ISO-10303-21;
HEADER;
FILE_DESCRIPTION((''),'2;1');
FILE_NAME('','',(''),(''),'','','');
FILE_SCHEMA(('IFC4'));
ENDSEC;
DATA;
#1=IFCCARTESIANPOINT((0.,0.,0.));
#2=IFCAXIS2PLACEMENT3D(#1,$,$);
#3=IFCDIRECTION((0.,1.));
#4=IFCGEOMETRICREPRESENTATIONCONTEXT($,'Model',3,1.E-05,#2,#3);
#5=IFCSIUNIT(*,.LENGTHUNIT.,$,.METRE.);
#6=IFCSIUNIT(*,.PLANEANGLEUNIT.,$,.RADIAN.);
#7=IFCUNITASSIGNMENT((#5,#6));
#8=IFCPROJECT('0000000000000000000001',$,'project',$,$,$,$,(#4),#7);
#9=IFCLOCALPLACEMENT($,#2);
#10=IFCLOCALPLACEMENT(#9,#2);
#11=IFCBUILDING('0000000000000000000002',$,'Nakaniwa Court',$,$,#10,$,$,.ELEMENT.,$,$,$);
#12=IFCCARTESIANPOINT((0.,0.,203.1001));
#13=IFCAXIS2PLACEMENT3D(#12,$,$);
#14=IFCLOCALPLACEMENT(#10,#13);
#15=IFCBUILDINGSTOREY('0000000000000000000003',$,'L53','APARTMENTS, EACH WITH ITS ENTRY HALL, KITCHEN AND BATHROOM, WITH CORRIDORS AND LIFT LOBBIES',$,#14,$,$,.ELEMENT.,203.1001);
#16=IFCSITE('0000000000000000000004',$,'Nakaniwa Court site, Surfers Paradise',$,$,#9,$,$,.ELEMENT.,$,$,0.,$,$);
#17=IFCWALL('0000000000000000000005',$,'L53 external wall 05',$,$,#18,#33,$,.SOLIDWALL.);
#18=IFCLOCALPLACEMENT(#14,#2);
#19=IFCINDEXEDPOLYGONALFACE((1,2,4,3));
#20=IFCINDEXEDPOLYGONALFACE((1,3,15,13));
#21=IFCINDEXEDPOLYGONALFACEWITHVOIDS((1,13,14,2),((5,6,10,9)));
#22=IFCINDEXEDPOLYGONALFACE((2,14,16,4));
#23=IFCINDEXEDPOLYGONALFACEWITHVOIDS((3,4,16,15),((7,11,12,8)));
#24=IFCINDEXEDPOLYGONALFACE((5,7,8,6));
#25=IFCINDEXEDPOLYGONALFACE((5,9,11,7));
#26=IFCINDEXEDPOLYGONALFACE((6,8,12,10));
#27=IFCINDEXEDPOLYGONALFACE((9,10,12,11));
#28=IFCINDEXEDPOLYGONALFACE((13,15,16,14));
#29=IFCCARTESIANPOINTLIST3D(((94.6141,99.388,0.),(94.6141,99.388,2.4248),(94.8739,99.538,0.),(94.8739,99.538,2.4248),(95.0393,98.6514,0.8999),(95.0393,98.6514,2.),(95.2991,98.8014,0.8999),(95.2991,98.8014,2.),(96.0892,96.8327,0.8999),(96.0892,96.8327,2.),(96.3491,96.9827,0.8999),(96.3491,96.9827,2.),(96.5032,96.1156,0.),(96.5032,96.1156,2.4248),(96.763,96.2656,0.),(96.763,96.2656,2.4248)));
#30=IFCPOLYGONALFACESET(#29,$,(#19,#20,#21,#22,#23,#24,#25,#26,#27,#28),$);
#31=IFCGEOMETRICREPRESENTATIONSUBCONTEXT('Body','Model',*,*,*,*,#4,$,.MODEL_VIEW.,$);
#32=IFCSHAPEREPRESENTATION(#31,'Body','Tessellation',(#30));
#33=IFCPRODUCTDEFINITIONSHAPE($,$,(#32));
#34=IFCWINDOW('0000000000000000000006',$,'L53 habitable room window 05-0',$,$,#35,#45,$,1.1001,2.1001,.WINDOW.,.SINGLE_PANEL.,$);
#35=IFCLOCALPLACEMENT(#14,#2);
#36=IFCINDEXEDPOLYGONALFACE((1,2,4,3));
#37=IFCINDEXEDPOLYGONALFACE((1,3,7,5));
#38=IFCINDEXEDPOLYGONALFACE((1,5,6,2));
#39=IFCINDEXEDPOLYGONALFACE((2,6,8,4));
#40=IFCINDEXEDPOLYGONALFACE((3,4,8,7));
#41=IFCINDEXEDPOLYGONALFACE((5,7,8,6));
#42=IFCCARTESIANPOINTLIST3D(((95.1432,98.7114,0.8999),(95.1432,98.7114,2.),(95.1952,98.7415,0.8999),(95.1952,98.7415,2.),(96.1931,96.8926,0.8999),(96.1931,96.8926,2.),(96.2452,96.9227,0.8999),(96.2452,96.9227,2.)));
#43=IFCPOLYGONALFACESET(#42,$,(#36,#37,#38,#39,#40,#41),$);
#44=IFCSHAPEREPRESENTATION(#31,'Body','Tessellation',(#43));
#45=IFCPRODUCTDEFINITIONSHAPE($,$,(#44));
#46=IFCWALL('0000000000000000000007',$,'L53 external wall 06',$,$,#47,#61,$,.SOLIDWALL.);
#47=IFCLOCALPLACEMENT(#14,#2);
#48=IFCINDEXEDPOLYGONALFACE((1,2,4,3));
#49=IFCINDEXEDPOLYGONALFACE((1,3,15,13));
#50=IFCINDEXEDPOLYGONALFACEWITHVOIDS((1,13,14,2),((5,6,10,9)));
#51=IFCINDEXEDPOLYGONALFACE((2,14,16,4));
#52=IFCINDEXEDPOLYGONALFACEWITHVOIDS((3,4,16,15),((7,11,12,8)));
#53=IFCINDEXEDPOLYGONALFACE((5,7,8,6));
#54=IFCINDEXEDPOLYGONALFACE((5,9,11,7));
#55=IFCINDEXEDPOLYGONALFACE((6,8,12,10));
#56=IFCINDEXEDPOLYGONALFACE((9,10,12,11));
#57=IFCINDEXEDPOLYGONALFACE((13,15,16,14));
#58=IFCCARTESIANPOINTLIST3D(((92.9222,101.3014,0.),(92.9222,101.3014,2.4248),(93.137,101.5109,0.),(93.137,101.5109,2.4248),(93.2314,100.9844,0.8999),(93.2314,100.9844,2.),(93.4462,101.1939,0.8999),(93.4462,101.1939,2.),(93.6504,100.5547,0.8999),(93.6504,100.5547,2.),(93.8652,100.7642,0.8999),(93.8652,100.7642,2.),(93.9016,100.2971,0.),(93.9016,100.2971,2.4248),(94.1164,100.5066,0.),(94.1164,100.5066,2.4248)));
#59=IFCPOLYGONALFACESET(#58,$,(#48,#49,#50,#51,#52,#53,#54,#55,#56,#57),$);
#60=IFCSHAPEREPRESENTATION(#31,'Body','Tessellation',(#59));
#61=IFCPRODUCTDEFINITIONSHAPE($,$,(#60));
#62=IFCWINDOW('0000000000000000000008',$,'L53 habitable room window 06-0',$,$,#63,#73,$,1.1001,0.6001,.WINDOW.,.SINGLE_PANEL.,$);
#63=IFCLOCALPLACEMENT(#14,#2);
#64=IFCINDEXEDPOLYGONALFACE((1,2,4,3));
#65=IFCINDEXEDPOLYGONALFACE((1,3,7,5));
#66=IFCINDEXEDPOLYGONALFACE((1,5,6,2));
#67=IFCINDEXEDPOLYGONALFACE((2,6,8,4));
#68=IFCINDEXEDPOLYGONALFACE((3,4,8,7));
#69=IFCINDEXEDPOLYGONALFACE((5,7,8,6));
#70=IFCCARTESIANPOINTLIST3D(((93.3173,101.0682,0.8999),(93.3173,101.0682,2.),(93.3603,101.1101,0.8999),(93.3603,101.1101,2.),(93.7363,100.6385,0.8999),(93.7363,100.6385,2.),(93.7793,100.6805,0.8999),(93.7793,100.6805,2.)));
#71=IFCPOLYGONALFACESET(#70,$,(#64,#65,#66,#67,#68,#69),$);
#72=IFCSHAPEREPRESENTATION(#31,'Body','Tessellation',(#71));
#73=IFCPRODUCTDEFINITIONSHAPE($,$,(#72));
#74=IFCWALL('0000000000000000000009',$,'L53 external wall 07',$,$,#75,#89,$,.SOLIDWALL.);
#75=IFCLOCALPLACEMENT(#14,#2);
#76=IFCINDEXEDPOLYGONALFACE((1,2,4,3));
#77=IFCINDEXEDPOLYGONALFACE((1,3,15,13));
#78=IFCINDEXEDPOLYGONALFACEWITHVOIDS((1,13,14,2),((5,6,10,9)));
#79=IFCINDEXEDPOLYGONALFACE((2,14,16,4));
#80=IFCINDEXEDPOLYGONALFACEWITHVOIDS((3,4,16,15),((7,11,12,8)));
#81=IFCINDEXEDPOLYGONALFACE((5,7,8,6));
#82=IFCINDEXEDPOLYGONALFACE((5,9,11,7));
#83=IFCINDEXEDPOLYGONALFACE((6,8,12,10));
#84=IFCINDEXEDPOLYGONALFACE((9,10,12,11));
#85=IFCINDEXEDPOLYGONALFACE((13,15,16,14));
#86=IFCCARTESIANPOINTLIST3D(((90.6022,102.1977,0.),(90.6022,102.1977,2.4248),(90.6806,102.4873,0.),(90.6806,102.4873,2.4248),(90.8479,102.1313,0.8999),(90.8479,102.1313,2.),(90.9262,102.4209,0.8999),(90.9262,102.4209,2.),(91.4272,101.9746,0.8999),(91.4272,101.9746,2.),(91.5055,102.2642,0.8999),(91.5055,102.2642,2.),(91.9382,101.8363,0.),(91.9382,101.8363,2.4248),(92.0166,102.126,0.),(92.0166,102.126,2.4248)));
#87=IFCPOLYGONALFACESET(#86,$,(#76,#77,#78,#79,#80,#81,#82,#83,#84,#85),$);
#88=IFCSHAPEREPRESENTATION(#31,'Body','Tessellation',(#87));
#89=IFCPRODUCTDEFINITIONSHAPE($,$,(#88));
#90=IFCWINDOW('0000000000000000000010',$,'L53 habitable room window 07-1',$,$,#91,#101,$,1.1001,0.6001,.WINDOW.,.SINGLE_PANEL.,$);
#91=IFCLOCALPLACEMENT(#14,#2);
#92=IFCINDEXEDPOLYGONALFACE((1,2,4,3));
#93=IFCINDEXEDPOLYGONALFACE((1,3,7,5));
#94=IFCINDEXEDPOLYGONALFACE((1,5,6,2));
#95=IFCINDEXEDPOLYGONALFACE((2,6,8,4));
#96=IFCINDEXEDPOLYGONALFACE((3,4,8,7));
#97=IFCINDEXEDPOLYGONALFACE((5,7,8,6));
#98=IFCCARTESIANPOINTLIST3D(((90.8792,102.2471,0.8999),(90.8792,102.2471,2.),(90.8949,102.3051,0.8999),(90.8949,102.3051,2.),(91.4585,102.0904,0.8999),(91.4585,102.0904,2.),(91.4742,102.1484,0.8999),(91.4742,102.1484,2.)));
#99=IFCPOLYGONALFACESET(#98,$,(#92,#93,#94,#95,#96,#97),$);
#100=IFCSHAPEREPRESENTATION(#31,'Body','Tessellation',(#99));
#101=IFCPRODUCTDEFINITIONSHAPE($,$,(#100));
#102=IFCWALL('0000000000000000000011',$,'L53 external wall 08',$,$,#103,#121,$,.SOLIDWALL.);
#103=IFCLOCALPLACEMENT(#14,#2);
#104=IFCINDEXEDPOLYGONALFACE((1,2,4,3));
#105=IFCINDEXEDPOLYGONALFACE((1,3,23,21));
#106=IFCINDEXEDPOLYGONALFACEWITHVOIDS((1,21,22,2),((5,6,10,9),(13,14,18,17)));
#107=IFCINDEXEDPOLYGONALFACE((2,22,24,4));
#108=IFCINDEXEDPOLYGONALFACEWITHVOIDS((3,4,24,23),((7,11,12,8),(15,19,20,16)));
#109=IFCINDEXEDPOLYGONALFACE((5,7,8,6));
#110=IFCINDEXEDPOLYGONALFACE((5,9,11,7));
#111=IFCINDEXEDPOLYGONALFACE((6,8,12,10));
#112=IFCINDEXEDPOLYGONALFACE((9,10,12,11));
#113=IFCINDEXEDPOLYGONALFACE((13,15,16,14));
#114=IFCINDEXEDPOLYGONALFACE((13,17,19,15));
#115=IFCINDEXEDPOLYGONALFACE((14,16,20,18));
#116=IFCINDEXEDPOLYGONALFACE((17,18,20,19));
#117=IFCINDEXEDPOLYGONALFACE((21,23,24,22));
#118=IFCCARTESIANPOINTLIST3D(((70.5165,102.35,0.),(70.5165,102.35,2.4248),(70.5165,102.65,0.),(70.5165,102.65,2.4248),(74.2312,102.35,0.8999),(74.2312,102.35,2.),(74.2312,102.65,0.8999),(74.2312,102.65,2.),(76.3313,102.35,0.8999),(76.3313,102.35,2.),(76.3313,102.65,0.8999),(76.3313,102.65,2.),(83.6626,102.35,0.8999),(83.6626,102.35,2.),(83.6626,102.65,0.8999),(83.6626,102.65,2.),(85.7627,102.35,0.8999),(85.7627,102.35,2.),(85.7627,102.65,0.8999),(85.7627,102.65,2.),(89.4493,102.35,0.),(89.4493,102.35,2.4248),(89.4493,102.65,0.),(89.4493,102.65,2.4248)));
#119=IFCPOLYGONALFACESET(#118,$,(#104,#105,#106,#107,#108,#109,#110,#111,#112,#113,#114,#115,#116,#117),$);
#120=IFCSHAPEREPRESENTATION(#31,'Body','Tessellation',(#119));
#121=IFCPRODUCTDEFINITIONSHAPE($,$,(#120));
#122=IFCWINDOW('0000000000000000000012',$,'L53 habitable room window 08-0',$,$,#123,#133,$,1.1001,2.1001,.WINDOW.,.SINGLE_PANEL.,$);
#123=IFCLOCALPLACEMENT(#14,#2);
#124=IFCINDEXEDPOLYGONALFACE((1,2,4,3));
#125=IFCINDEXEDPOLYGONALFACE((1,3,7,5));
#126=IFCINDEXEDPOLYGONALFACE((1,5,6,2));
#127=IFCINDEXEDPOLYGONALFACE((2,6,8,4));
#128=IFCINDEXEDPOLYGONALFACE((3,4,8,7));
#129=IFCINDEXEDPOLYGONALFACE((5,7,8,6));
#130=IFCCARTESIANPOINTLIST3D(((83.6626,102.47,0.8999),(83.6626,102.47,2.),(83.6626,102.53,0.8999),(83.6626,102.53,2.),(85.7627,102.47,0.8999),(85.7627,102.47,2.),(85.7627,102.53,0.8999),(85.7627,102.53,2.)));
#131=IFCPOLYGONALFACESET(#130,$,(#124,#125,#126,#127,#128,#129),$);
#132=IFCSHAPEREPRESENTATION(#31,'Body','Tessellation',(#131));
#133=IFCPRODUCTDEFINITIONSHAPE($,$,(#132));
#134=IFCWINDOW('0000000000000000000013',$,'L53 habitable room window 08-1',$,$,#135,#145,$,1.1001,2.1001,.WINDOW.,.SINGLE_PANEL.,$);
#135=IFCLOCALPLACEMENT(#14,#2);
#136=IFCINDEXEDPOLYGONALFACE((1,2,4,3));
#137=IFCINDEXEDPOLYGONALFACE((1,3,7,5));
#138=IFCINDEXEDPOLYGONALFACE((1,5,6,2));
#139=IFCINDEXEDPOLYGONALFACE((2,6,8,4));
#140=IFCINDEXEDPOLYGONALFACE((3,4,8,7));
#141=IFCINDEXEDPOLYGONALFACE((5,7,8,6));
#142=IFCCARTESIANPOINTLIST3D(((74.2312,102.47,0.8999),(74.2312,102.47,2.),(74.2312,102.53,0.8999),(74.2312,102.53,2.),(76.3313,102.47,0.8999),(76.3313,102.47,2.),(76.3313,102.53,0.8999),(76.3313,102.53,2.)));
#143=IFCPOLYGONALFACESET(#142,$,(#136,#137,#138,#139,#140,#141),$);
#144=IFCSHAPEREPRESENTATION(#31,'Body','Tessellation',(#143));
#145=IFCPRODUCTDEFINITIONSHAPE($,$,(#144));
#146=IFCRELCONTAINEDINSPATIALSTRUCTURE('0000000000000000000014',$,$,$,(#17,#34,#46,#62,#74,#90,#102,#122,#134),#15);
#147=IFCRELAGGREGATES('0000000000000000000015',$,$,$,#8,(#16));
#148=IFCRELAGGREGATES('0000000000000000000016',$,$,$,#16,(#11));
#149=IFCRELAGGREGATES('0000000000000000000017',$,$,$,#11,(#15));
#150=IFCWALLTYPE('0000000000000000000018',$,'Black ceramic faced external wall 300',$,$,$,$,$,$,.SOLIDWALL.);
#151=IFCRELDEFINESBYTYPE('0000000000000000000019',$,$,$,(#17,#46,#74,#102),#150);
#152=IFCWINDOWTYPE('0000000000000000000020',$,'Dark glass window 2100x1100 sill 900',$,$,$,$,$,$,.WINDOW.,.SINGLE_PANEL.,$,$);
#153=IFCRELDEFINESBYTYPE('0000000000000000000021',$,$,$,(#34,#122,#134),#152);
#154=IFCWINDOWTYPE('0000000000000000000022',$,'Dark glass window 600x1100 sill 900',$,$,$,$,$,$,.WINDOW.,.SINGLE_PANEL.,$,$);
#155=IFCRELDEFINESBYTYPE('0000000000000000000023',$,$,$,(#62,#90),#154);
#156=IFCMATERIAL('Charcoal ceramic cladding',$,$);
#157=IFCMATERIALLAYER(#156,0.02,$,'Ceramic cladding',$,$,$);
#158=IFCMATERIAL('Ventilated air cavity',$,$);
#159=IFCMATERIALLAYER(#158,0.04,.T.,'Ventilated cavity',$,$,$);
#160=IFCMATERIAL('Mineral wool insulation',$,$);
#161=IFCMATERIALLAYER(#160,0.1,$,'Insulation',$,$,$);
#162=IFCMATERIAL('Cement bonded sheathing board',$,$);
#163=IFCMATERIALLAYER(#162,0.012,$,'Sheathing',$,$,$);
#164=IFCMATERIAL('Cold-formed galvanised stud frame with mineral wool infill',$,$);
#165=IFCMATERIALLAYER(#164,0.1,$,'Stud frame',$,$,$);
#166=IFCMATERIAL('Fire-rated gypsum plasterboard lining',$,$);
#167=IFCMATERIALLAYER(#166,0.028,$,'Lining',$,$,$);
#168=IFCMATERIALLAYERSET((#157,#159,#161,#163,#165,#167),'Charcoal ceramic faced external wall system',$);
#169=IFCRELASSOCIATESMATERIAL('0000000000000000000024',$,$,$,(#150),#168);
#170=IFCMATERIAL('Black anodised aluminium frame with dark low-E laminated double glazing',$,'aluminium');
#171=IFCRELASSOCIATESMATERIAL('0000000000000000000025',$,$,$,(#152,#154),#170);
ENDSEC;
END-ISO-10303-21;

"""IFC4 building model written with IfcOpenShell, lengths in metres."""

from ifc_helpers import new_model, si_unit, direction, frame, frame_2d, origin, place, context, subcontext, project, spatial, rectangle, extrude, material, layer, layer_set, type_object, element, fill, save


model = new_model("IFC4")

# Units and contexts
model_context = context("Model", 3, precision=1e-05, world=origin(), true_north=direction((0.0, 1.0)))
body_context = subcontext(model_context, "Body", "Model", "MODEL_VIEW")
ifc_project = project(units=[si_unit("LENGTHUNIT", "METRE"), si_unit("PLANEANGLEUNIT", "RADIAN")], contexts=[model_context])

# Site, building, storey
site_placement = place(None, origin())
site = spatial("IfcSite", under=ifc_project, at=site_placement, Name="Nakaniwa Court site, Surfers Paradise", CompositionType="ELEMENT", RefElevation=0.0)
building_placement = place(site_placement, origin())
building = spatial("IfcBuilding", under=site, at=building_placement, Name="Nakaniwa Court", CompositionType="ELEMENT")
storey_placement = place(building_placement, frame((0.0, 0.0, 203.1001)))
storey = spatial("IfcBuildingStorey", under=building, at=storey_placement, Name="L53", Description="APARTMENTS, EACH WITH ITS ENTRY HALL, KITCHEN AND BATHROOM, WITH CORRIDORS AND LIFT LOBBIES", CompositionType="ELEMENT", Elevation=203.1001)

# Walls, openings, windows
ifc_material_1 = material(Name="Charcoal ceramic cladding")
ifc_layer_1 = layer(ifc_material_1, 0.02, Name="Ceramic cladding")
ifc_material_2 = material(Name="Ventilated air cavity")
ifc_layer_2 = layer(ifc_material_2, 0.04, ventilated=True, Name="Ventilated cavity")
ifc_material_3 = material(Name="Mineral wool insulation")
ifc_layer_3 = layer(ifc_material_3, 0.1, Name="Insulation")
ifc_material_4 = material(Name="Cement bonded sheathing board")
ifc_layer_4 = layer(ifc_material_4, 0.012, Name="Sheathing")
ifc_material_5 = material(Name="Cold-formed galvanised stud frame with mineral wool infill")
ifc_layer_5 = layer(ifc_material_5, 0.1, Name="Stud frame")
ifc_material_6 = material(Name="Fire-rated gypsum plasterboard lining")
ifc_layer_6 = layer(ifc_material_6, 0.028, Name="Lining")
ifc_layer_set_1 = layer_set([ifc_layer_1, ifc_layer_2, ifc_layer_3, ifc_layer_4, ifc_layer_5, ifc_layer_6], Name="Charcoal ceramic faced external wall system")
wall_type_1 = type_object("IfcWallType", Name="Black ceramic faced external wall 300", PredefinedType="SOLIDWALL", material=ifc_layer_set_1)
wall_1_placement = place(storey_placement, frame((96.6331, 96.1907, 0.0), z_axis=(0.0, 0.0, 1.0), x_axis=(-0.499961, 0.866048, 0.0)))
wall_1 = element("IfcWall", 1, at=wall_1_placement, inside=storey, type_object=wall_type_1, Name="L53 external wall 05", PredefinedType="SOLIDWALL", context=body_context, shape_type="SweptSolid", body=[
    extrude(rectangle(XDim=3.7786, YDim=0.3, at=frame_2d((1.8892, 0.0))), origin(), (0.0, 0.0, 1.0), 2.4248),
])
opening_1_placement = place(wall_1_placement, frame((0.8279, 0.0, 0.8999)))
opening_1 = element("IfcOpeningElement", 2, at=opening_1_placement, cuts=wall_1, PredefinedType="OPENING", context=body_context, shape_type="SweptSolid", body=[
    extrude(rectangle(XDim=2.1001, YDim=1.1001, at=frame_2d((1.05, 0.55))), frame((0.0, 0.1599, 0.0), z_axis=(0.0, -1.0, 0.0), x_axis=(1.0, 0.0, 0.0)), (0.0, 0.0, 1.0), 0.3201),
])
ifc_material_7 = material(Name="Black anodised aluminium frame with dark low-E laminated double glazing", Category="aluminium")
window_type_1 = type_object("IfcWindowType", Name="Dark glass window 2100x1100 sill 900", PartitioningType="SINGLE_PANEL", PredefinedType="WINDOW", material=ifc_material_7)
window_1_placement = place(opening_1_placement, origin())
window_1 = element("IfcWindow", 3, at=window_1_placement, inside=storey, type_object=window_type_1, Name="L53 habitable room window 05-0", OverallHeight=1.1001, OverallWidth=2.1001, PartitioningType="SINGLE_PANEL", PredefinedType="WINDOW", context=body_context, shape_type="SweptSolid", body=[
    extrude(rectangle(XDim=2.1001, YDim=1.1001, at=frame_2d((1.05, 0.55))), frame((0.0, 0.03, 0.0), z_axis=(0.0, -1.0, 0.0), x_axis=(1.0, 0.0, 0.0)), (0.0, 0.0, 1.0), 0.0601),
])
fill(opening_1, window_1)
wall_2_placement = place(storey_placement, frame((94.009, 100.4019, 0.0), z_axis=(0.0, 0.0, 1.0), x_axis=(-0.698176, 0.715926, 0.0)))
wall_2 = element("IfcWall", 4, at=wall_2_placement, inside=storey, type_object=wall_type_1, Name="L53 external wall 06", PredefinedType="SOLIDWALL", context=body_context, shape_type="SweptSolid", body=[
    extrude(rectangle(XDim=1.4028, YDim=0.3, at=frame_2d((0.7014, 0.0))), origin(), (0.0, 0.0, 1.0), 2.4248),
])
opening_2_placement = place(wall_2_placement, frame((0.3599, 0.0, 0.8999)))
opening_2 = element("IfcOpeningElement", 5, at=opening_2_placement, cuts=wall_2, PredefinedType="OPENING", context=body_context, shape_type="SweptSolid", body=[
    extrude(rectangle(XDim=0.6001, YDim=1.1001, at=frame_2d((0.3, 0.55))), frame((0.0, 0.1599, 0.0), z_axis=(0.0, -1.0, 0.0), x_axis=(1.0, 0.0, 0.0)), (0.0, 0.0, 1.0), 0.3201),
])
window_type_2 = type_object("IfcWindowType", Name="Dark glass window 600x1100 sill 900", PartitioningType="SINGLE_PANEL", PredefinedType="WINDOW", material=ifc_material_7)
window_2_placement = place(opening_2_placement, origin())
window_2 = element("IfcWindow", 6, at=window_2_placement, inside=storey, type_object=window_type_2, Name="L53 habitable room window 06-0", OverallHeight=1.1001, OverallWidth=0.6001, PartitioningType="SINGLE_PANEL", PredefinedType="WINDOW", context=body_context, shape_type="SweptSolid", body=[
    extrude(rectangle(XDim=0.6001, YDim=1.1001, at=frame_2d((0.3, 0.55))), frame((0.0, 0.03, 0.0), z_axis=(0.0, -1.0, 0.0), x_axis=(1.0, 0.0, 0.0)), (0.0, 0.0, 1.0), 0.0601),
])
fill(opening_2, window_2)
wall_3_placement = place(storey_placement, frame((91.9773, 101.9812, 0.0), z_axis=(0.0, 0.0, 1.0), x_axis=(-0.965315, 0.261087, 0.0)))
wall_3 = element("IfcWall", 7, at=wall_3_placement, inside=storey, type_object=wall_type_1, Name="L53 external wall 07", PredefinedType="SOLIDWALL", context=body_context, shape_type="SweptSolid", body=[
    extrude(rectangle(XDim=1.384, YDim=0.3, at=frame_2d((0.6919, 0.0))), origin(), (0.0, 0.0, 1.0), 2.4248),
])
opening_3_placement = place(wall_3_placement, frame((0.5293, 0.0, 0.8999)))
opening_3 = element("IfcOpeningElement", 8, at=opening_3_placement, cuts=wall_3, PredefinedType="OPENING", context=body_context, shape_type="SweptSolid", body=[
    extrude(rectangle(XDim=0.6001, YDim=1.1001, at=frame_2d((0.3, 0.55))), frame((0.0, 0.1599, 0.0), z_axis=(0.0, -1.0, 0.0), x_axis=(1.0, 0.0, 0.0)), (0.0, 0.0, 1.0), 0.3201),
])
window_3_placement = place(opening_3_placement, origin())
window_3 = element("IfcWindow", 9, at=window_3_placement, inside=storey, type_object=window_type_2, Name="L53 habitable room window 07-1", OverallHeight=1.1001, OverallWidth=0.6001, PartitioningType="SINGLE_PANEL", PredefinedType="WINDOW", context=body_context, shape_type="SweptSolid", body=[
    extrude(rectangle(XDim=0.6001, YDim=1.1001, at=frame_2d((0.3, 0.55))), frame((0.0, 0.03, 0.0), z_axis=(0.0, -1.0, 0.0), x_axis=(1.0, 0.0, 0.0)), (0.0, 0.0, 1.0), 0.0601),
])
fill(opening_3, window_3)

# Wall, openings, windows
wall_4_placement = place(storey_placement, frame((89.4492, 102.5, 0.0), z_axis=(0.0, 0.0, 1.0), x_axis=(-1.0, 0.0, 0.0)))
wall_4 = element("IfcWall", 10, at=wall_4_placement, inside=storey, type_object=wall_type_1, Name="L53 external wall 08", PredefinedType="SOLIDWALL", context=body_context, shape_type="SweptSolid", body=[
    extrude(rectangle(XDim=18.9329, YDim=0.3, at=frame_2d((9.4663, 0.0))), origin(), (0.0, 0.0, 1.0), 2.4248),
])
opening_4_placement = place(wall_4_placement, frame((3.6865, 0.0, 0.8999)))
opening_4 = element("IfcOpeningElement", 11, at=opening_4_placement, cuts=wall_4, PredefinedType="OPENING", context=body_context, shape_type="SweptSolid", body=[
    extrude(rectangle(XDim=2.1001, YDim=1.1001, at=frame_2d((1.05, 0.55))), frame((0.0, 0.1599, 0.0), z_axis=(0.0, -1.0, 0.0), x_axis=(1.0, 0.0, 0.0)), (0.0, 0.0, 1.0), 0.3201),
])
opening_5_placement = place(wall_4_placement, frame((13.1179, 0.0, 0.8999)))
opening_5 = element("IfcOpeningElement", 12, at=opening_5_placement, cuts=wall_4, PredefinedType="OPENING", context=body_context, shape_type="SweptSolid", body=[
    extrude(rectangle(XDim=2.1001, YDim=1.1001, at=frame_2d((1.05, 0.55))), frame((0.0, 0.1599, 0.0), z_axis=(0.0, -1.0, 0.0), x_axis=(1.0, 0.0, 0.0)), (0.0, 0.0, 1.0), 0.3201),
])
window_4_placement = place(opening_4_placement, origin())
window_4 = element("IfcWindow", 13, at=window_4_placement, inside=storey, type_object=window_type_1, Name="L53 habitable room window 08-0", OverallHeight=1.1001, OverallWidth=2.1001, PartitioningType="SINGLE_PANEL", PredefinedType="WINDOW", context=body_context, shape_type="SweptSolid", body=[
    extrude(rectangle(XDim=2.1001, YDim=1.1001, at=frame_2d((1.05, 0.55))), frame((0.0, 0.03, 0.0), z_axis=(0.0, -1.0, 0.0), x_axis=(1.0, 0.0, 0.0)), (0.0, 0.0, 1.0), 0.0601),
])
fill(opening_4, window_4)
window_5_placement = place(opening_5_placement, origin())
window_5 = element("IfcWindow", 14, at=window_5_placement, inside=storey, type_object=window_type_1, Name="L53 habitable room window 08-1", OverallHeight=1.1001, OverallWidth=2.1001, PartitioningType="SINGLE_PANEL", PredefinedType="WINDOW", context=body_context, shape_type="SweptSolid", body=[
    extrude(rectangle(XDim=2.1001, YDim=1.1001, at=frame_2d((1.05, 0.55))), frame((0.0, 0.03, 0.0), z_axis=(0.0, -1.0, 0.0), x_axis=(1.0, 0.0, 0.0)), (0.0, 0.0, 1.0), 0.0601),
])
fill(opening_5, window_5)

save(model, "model.ifc")
